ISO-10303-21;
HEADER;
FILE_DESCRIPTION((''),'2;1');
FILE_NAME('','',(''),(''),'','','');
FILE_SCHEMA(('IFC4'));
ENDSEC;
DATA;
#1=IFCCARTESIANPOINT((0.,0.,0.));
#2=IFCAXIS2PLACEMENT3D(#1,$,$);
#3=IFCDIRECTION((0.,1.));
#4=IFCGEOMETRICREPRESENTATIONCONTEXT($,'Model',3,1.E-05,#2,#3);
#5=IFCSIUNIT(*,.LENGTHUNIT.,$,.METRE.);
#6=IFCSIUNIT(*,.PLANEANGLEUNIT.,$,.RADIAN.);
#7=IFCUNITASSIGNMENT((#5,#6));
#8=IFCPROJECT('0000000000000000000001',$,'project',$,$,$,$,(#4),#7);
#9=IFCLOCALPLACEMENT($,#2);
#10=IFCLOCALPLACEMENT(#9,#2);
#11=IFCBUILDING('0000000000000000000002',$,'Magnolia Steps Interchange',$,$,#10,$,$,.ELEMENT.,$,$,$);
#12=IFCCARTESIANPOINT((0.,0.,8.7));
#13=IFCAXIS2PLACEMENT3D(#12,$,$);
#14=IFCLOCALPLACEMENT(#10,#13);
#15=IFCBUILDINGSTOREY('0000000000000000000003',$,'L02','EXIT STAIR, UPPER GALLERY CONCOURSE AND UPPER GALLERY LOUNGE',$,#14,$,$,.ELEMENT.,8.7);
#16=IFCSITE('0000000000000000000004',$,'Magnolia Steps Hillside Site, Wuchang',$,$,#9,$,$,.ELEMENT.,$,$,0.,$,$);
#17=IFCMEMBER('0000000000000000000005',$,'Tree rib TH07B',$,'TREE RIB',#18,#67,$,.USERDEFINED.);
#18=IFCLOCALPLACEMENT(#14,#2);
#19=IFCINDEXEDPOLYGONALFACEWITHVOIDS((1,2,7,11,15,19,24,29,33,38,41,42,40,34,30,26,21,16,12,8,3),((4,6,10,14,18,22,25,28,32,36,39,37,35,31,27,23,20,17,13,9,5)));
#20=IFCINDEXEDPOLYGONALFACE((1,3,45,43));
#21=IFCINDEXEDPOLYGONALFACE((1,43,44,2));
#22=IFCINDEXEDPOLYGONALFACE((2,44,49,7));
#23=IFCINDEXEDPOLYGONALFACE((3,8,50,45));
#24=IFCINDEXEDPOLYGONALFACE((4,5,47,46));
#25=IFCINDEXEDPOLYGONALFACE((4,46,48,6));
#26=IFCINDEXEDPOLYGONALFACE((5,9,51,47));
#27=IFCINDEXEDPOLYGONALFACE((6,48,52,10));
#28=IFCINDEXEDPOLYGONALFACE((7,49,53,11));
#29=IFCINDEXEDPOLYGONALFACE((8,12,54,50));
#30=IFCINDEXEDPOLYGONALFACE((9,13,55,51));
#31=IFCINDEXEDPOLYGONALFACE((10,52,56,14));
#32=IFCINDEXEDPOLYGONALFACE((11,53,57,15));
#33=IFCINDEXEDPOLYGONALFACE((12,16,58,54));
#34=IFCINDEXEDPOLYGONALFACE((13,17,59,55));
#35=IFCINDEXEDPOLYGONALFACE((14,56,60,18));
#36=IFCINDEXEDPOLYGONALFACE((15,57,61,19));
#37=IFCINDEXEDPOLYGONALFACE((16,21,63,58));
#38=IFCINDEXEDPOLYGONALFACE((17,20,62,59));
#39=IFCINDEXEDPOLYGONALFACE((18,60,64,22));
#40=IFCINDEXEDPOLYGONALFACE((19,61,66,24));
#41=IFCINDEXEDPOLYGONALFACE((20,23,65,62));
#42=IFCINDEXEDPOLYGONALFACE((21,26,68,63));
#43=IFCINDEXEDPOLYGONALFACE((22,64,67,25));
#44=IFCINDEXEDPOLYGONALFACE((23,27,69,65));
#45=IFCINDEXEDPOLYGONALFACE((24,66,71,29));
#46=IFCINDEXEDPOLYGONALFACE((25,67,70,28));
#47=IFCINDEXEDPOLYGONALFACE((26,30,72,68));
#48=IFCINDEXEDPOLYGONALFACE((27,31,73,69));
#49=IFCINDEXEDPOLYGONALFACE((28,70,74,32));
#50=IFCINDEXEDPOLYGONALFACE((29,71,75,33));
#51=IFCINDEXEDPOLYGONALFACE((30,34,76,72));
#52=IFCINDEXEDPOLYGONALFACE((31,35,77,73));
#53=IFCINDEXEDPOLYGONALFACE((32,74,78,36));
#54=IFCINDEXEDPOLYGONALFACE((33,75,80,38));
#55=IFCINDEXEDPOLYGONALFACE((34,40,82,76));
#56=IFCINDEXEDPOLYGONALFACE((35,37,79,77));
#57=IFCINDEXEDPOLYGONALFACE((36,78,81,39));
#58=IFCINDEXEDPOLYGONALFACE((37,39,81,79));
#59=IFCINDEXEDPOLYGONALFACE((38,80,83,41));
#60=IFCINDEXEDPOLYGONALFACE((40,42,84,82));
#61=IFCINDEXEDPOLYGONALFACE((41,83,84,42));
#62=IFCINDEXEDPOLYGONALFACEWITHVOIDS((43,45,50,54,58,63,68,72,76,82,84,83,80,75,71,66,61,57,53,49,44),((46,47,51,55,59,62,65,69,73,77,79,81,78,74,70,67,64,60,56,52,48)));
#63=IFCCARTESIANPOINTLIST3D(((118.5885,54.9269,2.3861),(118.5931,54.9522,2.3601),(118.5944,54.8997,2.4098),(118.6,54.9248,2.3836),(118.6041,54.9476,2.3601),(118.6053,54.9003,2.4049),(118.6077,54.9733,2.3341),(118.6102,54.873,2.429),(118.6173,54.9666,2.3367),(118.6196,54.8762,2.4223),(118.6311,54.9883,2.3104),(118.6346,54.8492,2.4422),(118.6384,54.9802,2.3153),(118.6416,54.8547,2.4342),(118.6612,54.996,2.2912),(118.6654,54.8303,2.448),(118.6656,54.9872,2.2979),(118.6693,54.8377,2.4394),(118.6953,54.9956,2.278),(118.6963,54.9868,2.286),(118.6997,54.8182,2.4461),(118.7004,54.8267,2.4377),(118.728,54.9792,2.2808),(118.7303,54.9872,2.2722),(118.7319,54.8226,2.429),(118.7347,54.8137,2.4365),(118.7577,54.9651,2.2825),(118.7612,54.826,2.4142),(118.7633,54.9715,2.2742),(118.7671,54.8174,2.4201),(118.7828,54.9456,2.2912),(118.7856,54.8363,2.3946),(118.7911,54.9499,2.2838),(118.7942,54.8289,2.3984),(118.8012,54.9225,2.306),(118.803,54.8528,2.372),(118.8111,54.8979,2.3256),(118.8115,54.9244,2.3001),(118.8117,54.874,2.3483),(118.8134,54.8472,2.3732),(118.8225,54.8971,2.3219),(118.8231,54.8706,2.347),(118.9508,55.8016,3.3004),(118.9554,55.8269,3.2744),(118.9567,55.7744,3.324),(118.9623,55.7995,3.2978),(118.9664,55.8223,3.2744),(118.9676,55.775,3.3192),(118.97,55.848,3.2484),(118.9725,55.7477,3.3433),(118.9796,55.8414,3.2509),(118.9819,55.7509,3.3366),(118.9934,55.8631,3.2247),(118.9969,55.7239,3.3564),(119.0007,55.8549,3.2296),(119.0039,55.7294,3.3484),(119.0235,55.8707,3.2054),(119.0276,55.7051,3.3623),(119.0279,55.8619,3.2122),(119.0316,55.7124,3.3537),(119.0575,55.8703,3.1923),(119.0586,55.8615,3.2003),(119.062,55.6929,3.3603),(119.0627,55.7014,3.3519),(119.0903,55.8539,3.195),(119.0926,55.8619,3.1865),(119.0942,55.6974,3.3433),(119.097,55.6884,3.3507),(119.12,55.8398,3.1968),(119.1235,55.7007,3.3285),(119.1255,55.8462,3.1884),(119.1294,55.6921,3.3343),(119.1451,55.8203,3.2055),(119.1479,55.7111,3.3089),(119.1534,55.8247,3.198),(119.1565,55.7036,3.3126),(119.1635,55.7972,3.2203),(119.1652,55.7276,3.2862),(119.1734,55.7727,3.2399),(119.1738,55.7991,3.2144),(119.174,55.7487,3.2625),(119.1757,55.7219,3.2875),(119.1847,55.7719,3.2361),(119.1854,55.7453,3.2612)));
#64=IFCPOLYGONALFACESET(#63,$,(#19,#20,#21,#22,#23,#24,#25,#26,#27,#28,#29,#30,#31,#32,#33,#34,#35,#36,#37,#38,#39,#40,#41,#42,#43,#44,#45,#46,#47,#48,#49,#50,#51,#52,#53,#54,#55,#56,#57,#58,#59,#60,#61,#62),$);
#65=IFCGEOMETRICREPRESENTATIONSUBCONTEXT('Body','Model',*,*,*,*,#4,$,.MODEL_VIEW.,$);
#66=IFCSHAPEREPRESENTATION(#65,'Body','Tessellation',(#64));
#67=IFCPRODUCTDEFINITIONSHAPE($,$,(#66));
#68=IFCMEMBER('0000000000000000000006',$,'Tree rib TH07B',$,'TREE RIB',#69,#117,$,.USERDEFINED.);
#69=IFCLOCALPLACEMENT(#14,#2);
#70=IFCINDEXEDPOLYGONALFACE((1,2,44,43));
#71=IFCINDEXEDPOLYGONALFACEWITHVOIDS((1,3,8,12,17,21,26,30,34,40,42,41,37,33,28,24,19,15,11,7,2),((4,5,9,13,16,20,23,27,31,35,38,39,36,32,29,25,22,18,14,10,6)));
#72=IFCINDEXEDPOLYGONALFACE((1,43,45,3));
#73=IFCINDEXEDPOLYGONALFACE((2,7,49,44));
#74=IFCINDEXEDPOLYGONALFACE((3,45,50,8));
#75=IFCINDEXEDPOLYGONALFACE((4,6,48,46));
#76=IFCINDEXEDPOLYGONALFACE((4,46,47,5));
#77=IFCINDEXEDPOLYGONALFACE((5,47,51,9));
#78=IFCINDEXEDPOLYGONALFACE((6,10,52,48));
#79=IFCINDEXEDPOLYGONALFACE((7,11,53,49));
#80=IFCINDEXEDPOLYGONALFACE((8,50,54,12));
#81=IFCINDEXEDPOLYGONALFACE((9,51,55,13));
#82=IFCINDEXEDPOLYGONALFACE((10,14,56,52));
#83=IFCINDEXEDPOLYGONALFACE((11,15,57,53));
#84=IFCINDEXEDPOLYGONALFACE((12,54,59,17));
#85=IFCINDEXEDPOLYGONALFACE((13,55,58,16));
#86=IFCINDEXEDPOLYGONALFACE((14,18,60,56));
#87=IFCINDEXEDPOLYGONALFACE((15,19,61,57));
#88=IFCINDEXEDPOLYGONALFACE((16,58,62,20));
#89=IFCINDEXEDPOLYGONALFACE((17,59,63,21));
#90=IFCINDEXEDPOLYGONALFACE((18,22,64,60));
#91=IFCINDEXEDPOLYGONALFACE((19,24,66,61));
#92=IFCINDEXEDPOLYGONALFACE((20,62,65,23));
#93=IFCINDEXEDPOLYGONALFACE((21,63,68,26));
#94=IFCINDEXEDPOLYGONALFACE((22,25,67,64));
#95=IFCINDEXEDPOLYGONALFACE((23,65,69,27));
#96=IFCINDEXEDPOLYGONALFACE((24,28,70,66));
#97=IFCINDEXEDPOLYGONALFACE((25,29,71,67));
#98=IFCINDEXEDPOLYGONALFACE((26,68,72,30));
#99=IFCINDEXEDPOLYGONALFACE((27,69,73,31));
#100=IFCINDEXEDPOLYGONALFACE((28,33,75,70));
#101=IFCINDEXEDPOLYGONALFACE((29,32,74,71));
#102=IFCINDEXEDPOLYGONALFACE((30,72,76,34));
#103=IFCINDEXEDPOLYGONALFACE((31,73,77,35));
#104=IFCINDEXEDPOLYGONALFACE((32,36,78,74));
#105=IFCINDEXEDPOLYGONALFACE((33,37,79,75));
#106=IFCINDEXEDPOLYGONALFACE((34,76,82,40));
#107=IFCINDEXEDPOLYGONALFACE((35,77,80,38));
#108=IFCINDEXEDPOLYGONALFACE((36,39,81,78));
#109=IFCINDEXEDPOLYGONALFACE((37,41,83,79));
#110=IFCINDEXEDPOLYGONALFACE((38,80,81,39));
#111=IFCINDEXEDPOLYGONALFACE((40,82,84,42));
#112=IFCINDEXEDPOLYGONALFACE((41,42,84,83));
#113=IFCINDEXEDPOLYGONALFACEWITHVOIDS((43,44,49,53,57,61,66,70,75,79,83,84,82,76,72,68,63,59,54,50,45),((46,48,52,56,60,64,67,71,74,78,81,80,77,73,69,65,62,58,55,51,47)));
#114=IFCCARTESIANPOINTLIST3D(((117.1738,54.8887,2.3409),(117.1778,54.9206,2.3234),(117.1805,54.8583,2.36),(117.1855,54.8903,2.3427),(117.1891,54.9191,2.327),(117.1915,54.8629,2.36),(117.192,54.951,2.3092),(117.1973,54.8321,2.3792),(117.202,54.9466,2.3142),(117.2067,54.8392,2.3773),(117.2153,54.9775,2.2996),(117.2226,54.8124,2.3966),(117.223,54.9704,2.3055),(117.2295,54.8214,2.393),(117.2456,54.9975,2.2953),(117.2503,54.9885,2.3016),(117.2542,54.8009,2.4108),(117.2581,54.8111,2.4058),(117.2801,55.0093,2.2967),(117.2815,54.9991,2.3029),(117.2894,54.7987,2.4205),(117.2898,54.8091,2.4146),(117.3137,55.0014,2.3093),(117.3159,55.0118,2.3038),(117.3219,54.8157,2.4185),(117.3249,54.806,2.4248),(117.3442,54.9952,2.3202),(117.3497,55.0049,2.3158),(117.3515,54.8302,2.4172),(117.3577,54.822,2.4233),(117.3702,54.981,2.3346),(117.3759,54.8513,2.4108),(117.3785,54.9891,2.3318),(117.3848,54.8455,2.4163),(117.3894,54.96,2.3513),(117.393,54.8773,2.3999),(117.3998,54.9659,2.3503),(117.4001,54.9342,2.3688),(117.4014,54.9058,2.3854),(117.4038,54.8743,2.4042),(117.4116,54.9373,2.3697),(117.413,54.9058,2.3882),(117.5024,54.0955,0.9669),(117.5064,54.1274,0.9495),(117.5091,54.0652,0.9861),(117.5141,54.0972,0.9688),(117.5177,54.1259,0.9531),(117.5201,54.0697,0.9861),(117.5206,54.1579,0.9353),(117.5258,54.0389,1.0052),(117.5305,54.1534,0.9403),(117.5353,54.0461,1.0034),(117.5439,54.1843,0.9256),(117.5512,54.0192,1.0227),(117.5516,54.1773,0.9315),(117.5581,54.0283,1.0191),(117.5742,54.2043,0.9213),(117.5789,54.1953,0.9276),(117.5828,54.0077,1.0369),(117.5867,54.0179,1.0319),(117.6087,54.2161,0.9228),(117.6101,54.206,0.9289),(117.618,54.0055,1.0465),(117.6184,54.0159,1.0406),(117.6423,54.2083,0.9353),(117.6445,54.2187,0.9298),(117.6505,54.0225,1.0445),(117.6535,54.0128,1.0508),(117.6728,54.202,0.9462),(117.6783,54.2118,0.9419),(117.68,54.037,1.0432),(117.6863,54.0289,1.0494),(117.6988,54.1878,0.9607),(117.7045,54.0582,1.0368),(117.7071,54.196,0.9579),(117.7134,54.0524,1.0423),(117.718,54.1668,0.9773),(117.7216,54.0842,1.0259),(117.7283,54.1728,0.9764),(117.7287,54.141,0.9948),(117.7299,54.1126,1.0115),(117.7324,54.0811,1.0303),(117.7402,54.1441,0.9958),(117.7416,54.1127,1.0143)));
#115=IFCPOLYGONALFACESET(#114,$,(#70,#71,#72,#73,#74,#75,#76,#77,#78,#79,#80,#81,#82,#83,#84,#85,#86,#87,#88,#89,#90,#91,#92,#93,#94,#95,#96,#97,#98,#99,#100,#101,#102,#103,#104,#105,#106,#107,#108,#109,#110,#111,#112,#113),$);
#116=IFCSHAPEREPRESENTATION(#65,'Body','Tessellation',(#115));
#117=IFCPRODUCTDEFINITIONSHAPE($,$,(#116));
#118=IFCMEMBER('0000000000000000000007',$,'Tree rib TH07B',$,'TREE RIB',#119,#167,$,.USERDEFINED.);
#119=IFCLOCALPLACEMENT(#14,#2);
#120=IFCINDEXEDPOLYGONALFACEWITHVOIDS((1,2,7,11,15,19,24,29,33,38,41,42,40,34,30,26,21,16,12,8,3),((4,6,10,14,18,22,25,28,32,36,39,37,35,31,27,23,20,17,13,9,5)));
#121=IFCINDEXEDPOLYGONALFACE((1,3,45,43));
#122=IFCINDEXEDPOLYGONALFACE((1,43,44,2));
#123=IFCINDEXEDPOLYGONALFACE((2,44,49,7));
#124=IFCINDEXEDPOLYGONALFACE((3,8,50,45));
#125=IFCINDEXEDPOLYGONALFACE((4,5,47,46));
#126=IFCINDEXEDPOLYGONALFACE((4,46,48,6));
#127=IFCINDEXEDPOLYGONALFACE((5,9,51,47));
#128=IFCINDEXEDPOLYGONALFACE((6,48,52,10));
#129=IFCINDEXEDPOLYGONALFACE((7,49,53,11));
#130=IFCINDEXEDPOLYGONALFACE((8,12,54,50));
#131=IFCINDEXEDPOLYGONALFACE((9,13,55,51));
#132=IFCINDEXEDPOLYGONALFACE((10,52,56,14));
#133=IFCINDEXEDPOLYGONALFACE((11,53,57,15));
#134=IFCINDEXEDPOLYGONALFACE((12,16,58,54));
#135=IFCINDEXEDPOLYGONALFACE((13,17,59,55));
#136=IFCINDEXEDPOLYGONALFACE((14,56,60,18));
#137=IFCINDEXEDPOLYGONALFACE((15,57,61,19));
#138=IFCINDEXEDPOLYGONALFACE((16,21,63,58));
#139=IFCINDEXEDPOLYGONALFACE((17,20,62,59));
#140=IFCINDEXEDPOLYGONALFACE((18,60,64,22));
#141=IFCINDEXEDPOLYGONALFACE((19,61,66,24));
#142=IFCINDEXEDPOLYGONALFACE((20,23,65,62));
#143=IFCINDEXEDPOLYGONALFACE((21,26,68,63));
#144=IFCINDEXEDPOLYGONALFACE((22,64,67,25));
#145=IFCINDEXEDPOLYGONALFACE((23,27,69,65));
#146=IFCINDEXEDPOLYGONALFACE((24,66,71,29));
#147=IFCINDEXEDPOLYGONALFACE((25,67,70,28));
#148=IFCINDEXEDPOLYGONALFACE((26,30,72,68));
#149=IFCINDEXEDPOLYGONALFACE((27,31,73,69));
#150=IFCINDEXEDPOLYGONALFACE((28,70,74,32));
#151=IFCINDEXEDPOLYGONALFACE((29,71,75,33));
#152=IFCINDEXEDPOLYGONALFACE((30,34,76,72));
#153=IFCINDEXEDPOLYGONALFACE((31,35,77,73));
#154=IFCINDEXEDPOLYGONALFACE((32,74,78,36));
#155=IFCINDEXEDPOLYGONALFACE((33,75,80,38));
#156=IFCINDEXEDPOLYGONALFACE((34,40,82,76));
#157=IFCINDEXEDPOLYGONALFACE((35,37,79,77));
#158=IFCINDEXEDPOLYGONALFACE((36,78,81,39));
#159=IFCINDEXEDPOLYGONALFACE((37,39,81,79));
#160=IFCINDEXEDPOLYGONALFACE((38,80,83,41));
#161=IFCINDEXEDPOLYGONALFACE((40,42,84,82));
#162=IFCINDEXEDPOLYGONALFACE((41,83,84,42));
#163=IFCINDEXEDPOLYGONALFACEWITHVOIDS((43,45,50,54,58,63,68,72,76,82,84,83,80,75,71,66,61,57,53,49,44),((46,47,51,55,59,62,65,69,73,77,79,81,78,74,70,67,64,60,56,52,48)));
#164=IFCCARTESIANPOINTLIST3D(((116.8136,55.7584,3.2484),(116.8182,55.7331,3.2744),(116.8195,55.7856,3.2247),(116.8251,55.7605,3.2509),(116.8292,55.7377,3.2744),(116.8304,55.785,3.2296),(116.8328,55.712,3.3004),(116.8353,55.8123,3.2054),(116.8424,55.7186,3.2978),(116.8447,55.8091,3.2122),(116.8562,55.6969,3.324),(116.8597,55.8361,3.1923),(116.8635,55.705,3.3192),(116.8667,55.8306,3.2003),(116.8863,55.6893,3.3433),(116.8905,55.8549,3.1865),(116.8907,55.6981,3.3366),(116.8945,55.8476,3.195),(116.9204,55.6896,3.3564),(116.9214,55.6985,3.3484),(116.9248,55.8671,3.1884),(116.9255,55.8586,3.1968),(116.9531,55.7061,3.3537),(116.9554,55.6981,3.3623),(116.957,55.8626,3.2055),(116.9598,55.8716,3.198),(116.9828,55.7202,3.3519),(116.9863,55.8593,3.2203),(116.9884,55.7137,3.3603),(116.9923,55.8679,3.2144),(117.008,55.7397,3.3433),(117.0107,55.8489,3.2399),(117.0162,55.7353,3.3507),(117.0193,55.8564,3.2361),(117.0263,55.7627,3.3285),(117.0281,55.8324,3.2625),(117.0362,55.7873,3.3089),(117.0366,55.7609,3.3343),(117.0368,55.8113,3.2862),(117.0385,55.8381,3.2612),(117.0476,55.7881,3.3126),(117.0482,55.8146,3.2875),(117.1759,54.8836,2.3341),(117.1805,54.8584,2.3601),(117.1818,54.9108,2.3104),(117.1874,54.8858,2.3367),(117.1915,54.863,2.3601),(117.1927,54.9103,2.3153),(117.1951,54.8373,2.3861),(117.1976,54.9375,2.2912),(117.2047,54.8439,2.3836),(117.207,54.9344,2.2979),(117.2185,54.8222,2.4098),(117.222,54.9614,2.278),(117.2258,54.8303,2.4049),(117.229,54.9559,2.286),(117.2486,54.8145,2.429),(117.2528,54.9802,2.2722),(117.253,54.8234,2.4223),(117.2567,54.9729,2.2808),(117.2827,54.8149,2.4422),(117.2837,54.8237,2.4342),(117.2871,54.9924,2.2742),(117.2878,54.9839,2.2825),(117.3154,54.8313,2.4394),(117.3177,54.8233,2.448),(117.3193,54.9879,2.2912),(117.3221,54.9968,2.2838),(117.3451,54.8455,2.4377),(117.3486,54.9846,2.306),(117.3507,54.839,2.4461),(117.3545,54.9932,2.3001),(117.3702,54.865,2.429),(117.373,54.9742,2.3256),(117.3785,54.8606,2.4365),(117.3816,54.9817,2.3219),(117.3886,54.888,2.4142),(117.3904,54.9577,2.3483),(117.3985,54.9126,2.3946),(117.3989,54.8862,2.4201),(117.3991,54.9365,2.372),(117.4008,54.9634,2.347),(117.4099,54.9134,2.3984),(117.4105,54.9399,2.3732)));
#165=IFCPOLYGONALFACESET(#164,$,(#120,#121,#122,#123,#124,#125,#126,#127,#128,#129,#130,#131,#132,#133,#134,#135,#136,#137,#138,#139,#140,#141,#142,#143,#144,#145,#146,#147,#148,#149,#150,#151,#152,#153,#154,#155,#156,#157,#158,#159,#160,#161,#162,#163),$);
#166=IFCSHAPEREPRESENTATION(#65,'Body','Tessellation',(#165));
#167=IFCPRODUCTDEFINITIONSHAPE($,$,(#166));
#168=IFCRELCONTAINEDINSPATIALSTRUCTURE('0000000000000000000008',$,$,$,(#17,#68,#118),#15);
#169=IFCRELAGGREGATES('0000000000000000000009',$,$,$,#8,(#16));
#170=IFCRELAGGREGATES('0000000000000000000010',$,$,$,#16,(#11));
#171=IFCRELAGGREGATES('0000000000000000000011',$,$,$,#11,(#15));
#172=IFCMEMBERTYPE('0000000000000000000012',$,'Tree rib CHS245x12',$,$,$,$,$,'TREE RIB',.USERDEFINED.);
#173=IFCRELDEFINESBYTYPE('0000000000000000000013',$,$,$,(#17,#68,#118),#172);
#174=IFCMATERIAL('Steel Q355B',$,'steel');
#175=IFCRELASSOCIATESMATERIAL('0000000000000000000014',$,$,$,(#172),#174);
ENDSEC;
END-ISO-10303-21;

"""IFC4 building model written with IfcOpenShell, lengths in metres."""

from ifc_helpers import new_model, si_unit, direction, frame, origin, origin_2d, place, context, subcontext, project, spatial, hollow_circle, extrude, material, material_profile, profile_set, type_object, element, save


model = new_model("IFC4")

# Units and contexts
model_context = context("Model", 3, precision=1e-05, world=origin(), true_north=direction((0.0, 1.0)))
body_context = subcontext(model_context, "Body", "Model", "MODEL_VIEW")
ifc_project = project(units=[si_unit("LENGTHUNIT", "METRE"), si_unit("PLANEANGLEUNIT", "RADIAN")], contexts=[model_context])

# Site, building, storey
site_placement = place(None, origin())
site = spatial("IfcSite", under=ifc_project, at=site_placement, Name="Magnolia Steps Hillside Site, Wuchang", CompositionType="ELEMENT", RefElevation=0.0)
building_placement = place(site_placement, origin())
building = spatial("IfcBuilding", under=site, at=building_placement, Name="Magnolia Steps Interchange", CompositionType="ELEMENT")
storey_placement = place(building_placement, frame((0.0, 0.0, 8.7)))
storey = spatial("IfcBuildingStorey", under=building, at=storey_placement, Name="L02", Description="EXIT STAIR, UPPER GALLERY CONCOURSE AND UPPER GALLERY LOUNGE", CompositionType="ELEMENT", Elevation=8.7)

# Members
ifc_material_1 = material(Name="Steel Q355B", Category="steel")
ifc_material_profile_1 = material_profile(ifc_material_1, hollow_circle(Radius=0.1226, WallThickness=0.012, at=origin_2d()), Name="CHS245x12")
ifc_profile_set_1 = profile_set([ifc_material_profile_1], Name="Steel Q355B")
member_type = type_object("IfcMemberType", Name="Tree rib CHS245x12", ElementType="TREE RIB", PredefinedType="USERDEFINED", material=ifc_profile_set_1)
member_1_placement = place(storey_placement, frame((118.7063, 54.9053, 2.3601), z_axis=(0.275263, 0.6646, 0.694649), x_axis=(-0.923891, 0.382655, 0.0)))
element("IfcMember", 1, at=member_1_placement, inside=storey, type_object=member_type, Name="Tree rib TH07B", ObjectType="TREE RIB", PredefinedType="USERDEFINED", context=body_context, shape_type="SweptSolid", body=[
    extrude(hollow_circle(Radius=0.1226, WallThickness=0.012, at=origin_2d()), origin(), (0.0, 0.0, 1.0), 1.3162),
])
member_2_placement = place(storey_placement, frame((117.6223, 54.1121, 0.9861), z_axis=(-0.20282, 0.489571, 0.848047), x_axis=(-0.923857, -0.382737, 0.0)))
element("IfcMember", 2, at=member_2_placement, inside=storey, type_object=member_type, Name="Tree rib TH07B", ObjectType="TREE RIB", PredefinedType="USERDEFINED", context=body_context, shape_type="SweptSolid", body=[
    extrude(hollow_circle(Radius=0.1226, WallThickness=0.012, at=origin_2d()), origin(), (0.0, 0.0, 1.0), 1.6201),
])
member_3_placement = place(storey_placement, frame((117.2937, 54.9053, 2.3601), z_axis=(-0.275263, 0.6646, 0.694649), x_axis=(-0.923891, -0.382655, 0.0)))
element("IfcMember", 3, at=member_3_placement, inside=storey, type_object=member_type, Name="Tree rib TH07B", ObjectType="TREE RIB", PredefinedType="USERDEFINED", context=body_context, shape_type="SweptSolid", body=[
    extrude(hollow_circle(Radius=0.1226, WallThickness=0.012, at=origin_2d()), origin(), (0.0, 0.0, 1.0), 1.3162),
])

save(model, "model.ifc")
